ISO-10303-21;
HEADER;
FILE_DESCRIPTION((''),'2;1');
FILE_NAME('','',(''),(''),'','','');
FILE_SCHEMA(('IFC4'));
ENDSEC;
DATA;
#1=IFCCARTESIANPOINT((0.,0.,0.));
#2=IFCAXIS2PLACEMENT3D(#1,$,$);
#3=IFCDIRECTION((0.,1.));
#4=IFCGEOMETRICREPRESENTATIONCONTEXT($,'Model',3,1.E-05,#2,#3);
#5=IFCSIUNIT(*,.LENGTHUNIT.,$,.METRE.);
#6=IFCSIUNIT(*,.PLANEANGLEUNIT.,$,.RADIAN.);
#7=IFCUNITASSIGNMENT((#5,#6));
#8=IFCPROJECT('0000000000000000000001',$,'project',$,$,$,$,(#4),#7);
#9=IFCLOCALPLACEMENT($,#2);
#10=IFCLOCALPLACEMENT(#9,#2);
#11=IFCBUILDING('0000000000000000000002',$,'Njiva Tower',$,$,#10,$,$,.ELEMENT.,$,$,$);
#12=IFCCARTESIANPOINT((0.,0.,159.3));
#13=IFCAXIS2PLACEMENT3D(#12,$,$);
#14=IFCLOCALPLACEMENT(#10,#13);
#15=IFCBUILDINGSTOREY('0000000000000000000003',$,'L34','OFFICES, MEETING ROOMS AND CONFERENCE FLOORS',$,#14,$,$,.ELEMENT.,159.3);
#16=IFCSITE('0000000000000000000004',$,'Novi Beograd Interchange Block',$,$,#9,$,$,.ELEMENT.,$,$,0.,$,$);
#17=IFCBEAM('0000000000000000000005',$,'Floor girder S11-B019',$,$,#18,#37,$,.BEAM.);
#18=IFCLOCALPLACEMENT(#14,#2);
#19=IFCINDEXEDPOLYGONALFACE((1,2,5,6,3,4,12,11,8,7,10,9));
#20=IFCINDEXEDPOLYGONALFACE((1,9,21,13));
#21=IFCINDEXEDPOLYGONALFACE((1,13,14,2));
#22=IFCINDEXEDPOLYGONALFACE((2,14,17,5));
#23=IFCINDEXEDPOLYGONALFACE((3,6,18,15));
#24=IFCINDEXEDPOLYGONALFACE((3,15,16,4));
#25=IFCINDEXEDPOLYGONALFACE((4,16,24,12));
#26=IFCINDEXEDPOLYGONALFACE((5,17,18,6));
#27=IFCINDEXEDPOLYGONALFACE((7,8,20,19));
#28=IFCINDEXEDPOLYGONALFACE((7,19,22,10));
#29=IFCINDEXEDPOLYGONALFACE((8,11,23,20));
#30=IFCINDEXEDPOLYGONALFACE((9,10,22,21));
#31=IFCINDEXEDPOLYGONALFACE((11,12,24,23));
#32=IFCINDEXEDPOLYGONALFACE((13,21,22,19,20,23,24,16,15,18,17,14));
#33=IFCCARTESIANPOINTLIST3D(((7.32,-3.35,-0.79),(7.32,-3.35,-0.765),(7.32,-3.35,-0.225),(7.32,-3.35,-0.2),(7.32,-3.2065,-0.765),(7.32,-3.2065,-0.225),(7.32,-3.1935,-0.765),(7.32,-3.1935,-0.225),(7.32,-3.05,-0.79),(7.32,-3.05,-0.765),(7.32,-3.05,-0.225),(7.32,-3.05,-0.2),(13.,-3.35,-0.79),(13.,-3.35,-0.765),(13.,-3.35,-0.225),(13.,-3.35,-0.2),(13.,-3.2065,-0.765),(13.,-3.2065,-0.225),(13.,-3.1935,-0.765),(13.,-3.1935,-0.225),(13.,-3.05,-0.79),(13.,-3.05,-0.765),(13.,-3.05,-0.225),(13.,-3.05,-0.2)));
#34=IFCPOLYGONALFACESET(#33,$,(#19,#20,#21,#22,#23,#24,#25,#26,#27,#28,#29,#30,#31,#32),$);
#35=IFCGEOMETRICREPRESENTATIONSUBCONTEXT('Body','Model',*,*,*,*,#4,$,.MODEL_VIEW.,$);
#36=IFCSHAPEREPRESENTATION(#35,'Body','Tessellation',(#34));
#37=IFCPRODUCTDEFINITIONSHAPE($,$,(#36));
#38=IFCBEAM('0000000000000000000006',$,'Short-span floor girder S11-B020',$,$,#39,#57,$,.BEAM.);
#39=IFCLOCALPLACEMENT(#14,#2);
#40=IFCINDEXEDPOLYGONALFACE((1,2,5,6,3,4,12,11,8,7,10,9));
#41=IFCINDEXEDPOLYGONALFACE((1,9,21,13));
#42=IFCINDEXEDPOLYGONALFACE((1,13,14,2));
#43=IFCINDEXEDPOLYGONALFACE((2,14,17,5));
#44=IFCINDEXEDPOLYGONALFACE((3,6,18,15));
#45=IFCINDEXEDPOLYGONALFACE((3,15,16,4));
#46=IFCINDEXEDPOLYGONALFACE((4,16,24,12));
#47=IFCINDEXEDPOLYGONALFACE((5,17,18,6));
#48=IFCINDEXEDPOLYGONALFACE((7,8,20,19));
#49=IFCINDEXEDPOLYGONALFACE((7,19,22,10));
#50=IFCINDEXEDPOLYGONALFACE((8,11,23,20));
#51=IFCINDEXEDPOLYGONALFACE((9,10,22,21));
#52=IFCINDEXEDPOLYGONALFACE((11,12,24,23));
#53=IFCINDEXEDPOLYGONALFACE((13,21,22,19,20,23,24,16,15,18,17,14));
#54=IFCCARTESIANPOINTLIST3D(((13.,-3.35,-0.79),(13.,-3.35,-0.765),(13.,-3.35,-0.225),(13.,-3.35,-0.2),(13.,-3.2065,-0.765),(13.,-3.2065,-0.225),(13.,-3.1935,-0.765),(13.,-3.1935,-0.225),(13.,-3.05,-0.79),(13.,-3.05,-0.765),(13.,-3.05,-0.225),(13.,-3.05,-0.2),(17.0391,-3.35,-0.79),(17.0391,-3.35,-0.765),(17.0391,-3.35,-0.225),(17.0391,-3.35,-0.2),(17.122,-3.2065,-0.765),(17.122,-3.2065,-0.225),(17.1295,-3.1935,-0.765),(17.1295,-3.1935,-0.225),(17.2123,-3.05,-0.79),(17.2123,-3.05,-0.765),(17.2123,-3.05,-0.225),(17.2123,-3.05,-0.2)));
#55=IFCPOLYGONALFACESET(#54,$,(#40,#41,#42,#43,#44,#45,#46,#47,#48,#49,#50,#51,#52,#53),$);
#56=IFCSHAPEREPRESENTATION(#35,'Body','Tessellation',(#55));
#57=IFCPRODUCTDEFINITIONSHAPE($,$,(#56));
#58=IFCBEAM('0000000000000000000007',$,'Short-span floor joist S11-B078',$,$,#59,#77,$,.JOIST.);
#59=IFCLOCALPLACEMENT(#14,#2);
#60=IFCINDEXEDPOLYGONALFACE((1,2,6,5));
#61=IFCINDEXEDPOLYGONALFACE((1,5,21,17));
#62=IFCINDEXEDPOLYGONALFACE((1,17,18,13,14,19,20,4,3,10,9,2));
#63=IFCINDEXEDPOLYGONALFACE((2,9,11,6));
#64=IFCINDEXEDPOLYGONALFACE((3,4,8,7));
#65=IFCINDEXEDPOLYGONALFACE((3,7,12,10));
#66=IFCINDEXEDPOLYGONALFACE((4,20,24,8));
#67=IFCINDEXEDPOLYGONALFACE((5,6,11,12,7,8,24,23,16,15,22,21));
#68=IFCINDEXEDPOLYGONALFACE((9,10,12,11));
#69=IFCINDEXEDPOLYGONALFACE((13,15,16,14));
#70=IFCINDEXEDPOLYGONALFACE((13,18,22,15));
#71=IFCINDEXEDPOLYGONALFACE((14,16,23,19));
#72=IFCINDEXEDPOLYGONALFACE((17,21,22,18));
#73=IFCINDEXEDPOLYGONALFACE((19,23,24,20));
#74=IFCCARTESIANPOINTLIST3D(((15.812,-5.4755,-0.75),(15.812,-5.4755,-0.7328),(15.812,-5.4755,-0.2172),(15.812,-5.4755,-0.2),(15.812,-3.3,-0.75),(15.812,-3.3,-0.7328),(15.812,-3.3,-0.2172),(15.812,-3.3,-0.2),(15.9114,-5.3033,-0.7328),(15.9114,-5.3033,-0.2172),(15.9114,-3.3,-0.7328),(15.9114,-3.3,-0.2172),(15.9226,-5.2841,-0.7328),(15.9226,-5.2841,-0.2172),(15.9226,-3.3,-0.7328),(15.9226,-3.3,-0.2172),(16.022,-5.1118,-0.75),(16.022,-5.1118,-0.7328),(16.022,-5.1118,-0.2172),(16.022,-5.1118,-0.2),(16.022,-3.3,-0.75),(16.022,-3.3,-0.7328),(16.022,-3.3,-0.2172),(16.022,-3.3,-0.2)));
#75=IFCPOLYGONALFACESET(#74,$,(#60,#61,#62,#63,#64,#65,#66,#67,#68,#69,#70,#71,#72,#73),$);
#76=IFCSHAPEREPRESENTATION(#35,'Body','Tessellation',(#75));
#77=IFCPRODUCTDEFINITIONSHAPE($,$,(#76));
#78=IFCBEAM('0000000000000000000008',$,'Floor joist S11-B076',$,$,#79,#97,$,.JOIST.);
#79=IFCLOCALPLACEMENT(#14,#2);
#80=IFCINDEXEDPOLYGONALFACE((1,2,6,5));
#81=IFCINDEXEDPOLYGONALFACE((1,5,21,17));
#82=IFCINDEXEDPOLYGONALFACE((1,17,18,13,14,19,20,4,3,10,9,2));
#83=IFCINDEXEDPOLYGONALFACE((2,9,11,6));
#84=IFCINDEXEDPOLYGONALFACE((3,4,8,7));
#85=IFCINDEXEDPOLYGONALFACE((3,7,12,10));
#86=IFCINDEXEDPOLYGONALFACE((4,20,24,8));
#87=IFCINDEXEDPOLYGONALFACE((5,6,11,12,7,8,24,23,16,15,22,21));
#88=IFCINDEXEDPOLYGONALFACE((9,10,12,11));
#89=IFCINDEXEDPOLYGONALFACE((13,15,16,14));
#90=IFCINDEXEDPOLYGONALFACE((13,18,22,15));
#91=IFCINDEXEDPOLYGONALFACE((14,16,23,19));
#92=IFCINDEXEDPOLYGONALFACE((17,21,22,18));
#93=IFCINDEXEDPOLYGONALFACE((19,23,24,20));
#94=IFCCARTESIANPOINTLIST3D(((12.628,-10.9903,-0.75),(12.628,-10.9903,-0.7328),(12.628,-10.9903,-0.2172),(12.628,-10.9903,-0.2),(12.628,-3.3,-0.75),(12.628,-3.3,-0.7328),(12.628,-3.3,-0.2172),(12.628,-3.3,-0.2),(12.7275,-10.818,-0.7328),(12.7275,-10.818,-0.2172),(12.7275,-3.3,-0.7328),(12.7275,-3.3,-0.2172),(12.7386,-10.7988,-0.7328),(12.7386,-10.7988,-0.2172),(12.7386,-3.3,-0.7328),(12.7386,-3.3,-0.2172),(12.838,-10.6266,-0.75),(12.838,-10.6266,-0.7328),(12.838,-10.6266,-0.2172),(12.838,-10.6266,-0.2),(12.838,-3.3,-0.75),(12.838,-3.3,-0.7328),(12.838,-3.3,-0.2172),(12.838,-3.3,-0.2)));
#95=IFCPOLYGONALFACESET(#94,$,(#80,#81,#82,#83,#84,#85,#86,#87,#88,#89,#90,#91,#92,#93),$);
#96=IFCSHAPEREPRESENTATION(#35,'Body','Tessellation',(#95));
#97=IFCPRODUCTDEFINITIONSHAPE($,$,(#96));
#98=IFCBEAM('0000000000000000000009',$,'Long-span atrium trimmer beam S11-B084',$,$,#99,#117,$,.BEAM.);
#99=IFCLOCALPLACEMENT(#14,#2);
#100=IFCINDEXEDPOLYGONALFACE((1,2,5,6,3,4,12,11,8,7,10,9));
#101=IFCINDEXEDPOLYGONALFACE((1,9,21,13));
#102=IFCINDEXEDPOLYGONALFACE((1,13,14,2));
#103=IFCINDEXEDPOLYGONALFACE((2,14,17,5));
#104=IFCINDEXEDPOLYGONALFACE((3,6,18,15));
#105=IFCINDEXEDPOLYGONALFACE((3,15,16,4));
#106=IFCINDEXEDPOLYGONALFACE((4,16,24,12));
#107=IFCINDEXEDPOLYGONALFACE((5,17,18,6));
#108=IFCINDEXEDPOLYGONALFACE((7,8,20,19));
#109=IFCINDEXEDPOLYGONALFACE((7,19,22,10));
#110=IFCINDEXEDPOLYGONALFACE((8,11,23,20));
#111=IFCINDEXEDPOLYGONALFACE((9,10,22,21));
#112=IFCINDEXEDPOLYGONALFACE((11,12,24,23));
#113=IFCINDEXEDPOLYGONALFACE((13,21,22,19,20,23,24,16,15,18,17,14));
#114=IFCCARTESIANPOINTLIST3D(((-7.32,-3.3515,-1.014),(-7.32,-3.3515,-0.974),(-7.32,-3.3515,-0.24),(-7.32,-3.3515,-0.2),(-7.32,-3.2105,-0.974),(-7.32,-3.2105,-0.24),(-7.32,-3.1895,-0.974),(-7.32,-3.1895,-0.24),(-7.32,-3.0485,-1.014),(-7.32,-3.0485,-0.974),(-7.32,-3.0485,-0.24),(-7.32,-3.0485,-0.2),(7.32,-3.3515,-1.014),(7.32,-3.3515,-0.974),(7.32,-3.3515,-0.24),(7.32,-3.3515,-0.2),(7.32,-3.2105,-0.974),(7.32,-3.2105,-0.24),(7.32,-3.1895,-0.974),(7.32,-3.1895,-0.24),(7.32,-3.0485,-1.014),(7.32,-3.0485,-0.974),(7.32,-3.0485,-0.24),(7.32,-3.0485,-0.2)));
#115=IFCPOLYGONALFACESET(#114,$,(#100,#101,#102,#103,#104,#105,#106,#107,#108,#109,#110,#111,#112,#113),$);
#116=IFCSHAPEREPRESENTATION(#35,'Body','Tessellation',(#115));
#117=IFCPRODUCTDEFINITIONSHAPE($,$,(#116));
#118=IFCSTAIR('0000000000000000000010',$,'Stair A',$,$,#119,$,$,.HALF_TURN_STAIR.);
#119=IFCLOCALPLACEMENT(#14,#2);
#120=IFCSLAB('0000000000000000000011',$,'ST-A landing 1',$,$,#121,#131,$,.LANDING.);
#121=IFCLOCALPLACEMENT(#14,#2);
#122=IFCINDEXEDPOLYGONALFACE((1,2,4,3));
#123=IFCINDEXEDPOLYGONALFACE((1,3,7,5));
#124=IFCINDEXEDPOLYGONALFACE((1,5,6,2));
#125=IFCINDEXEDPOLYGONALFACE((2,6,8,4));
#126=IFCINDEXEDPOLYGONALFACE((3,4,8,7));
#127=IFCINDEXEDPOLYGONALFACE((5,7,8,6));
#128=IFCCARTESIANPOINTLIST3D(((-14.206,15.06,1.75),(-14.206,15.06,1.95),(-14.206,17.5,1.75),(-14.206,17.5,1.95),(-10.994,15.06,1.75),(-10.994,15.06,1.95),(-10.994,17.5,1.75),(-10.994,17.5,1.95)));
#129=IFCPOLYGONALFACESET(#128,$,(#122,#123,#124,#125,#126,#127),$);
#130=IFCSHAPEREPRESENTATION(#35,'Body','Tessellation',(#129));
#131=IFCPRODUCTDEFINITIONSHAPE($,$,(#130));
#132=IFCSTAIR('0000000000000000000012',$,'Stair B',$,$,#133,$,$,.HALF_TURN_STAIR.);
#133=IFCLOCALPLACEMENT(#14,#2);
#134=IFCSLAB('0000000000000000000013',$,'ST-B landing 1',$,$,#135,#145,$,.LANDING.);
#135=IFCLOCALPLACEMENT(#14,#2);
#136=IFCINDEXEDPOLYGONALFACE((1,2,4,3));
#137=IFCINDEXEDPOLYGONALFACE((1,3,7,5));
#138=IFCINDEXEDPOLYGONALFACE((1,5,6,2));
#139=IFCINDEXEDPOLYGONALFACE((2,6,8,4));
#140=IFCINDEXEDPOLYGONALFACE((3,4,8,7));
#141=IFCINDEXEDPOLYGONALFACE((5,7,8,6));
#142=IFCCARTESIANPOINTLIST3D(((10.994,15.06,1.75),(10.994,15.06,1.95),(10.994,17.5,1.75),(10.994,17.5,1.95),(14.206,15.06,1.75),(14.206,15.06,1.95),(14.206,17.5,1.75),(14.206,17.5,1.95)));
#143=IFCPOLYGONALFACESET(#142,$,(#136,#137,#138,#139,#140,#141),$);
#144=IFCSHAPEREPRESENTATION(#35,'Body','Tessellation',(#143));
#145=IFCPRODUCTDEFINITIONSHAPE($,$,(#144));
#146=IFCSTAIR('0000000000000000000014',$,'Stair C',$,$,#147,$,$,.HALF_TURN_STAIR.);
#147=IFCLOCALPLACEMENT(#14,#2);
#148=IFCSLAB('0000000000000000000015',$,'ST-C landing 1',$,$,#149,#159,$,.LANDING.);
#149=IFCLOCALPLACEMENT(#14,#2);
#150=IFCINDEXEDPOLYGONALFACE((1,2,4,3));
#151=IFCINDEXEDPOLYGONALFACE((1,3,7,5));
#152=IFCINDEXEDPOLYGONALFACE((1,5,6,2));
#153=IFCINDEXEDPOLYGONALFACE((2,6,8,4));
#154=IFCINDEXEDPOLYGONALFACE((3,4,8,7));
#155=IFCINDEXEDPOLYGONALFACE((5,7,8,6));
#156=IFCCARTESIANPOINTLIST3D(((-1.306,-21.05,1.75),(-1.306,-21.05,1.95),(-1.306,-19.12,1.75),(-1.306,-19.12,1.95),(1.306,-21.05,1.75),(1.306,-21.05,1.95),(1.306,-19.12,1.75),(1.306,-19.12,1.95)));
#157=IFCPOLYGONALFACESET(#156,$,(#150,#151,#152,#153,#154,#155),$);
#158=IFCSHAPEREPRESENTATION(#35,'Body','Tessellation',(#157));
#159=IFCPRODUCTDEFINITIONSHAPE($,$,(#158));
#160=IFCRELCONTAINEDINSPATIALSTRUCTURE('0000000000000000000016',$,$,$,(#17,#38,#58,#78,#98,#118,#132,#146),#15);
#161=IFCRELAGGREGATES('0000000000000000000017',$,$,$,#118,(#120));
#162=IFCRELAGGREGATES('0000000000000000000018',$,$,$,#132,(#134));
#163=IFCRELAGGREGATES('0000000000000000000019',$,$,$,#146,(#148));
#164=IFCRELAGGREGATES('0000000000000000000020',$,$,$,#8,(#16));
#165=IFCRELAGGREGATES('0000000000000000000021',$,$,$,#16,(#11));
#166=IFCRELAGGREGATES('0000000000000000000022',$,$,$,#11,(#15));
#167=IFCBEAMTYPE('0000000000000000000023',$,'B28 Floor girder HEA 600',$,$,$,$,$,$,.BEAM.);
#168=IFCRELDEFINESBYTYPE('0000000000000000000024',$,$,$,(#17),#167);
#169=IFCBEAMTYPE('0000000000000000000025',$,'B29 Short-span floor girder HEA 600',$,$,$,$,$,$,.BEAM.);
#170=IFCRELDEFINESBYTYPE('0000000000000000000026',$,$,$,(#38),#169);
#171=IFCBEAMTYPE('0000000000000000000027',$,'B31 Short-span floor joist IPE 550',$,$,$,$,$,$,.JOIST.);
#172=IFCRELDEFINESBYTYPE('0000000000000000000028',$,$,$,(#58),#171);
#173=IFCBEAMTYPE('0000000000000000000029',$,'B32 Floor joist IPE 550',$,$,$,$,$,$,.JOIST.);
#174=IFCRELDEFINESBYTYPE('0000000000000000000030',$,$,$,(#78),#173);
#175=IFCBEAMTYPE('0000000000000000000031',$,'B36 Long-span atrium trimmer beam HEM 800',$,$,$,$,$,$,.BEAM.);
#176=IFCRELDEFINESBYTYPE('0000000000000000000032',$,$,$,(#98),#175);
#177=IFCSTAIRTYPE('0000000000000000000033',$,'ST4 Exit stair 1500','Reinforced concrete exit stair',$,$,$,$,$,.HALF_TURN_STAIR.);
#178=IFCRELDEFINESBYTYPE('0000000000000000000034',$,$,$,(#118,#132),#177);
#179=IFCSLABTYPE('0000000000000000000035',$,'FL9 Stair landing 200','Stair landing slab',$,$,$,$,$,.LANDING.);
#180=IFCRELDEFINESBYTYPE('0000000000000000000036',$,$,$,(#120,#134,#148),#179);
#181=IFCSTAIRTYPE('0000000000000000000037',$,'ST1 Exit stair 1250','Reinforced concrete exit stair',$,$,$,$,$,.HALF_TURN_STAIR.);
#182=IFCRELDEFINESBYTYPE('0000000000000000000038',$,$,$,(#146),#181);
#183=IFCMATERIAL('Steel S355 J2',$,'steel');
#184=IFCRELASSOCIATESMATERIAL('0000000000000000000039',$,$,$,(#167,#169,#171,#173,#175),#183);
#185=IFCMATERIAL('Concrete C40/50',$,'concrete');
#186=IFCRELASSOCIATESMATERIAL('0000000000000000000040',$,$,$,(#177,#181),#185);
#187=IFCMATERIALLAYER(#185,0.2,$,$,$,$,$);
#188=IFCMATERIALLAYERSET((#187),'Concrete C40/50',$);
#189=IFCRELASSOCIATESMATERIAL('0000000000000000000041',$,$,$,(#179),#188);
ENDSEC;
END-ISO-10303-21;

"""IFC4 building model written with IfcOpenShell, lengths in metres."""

from ifc_helpers import new_model, si_unit, direction, frame, origin, origin_2d, place, context, subcontext, project, spatial, polyline, i_section, outline, extrude, clip, halfspace, material, layer, layer_set, material_profile, profile_set, type_object, element, aggregate, save


model = new_model("IFC4")

# Units and contexts
model_context = context("Model", 3, precision=1e-05, world=origin(), true_north=direction((0.0, 1.0)))
body_context = subcontext(model_context, "Body", "Model", "MODEL_VIEW")
ifc_project = project(units=[si_unit("LENGTHUNIT", "METRE"), si_unit("PLANEANGLEUNIT", "RADIAN")], contexts=[model_context])

# Site, building, storey
site_placement = place(None, origin())
site = spatial("IfcSite", under=ifc_project, at=site_placement, Name="Novi Beograd Interchange Block", CompositionType="ELEMENT", RefElevation=0.0)
building_placement = place(site_placement, origin())
building = spatial("IfcBuilding", under=site, at=building_placement, Name="Njiva Tower", CompositionType="ELEMENT")
storey_placement = place(building_placement, frame((0.0, 0.0, 159.3)))
storey = spatial("IfcBuildingStorey", under=building, at=storey_placement, Name="L34", Description="OFFICES, MEETING ROOMS AND CONFERENCE FLOORS", CompositionType="ELEMENT", Elevation=159.3)

# Shared definitions
ifc_material_1 = material(Name="Steel S355 J2", Category="steel")

# Beams
ifc_material_profile_1 = material_profile(ifc_material_1, i_section(OverallWidth=0.3, OverallDepth=0.59, WebThickness=0.013, FlangeThickness=0.025, at=origin_2d()), Name="HEA 600")
ifc_profile_set_1 = profile_set([ifc_material_profile_1], Name="Steel S355 J2")
beam_type_1 = type_object("IfcBeamType", Name="B28 Floor girder HEA 600", PredefinedType="BEAM", material=ifc_profile_set_1)
beam_1_placement = place(storey_placement, frame((7.32, -3.2, -0.495), z_axis=(1.0, 0.0, 0.0), x_axis=(0.0, 1.0, 0.0)))
element("IfcBeam", 1, at=beam_1_placement, inside=storey, type_object=beam_type_1, Name="Floor girder S11-B019", PredefinedType="BEAM", context=body_context, shape_type="SweptSolid", body=[
    extrude(i_section(OverallWidth=0.3, OverallDepth=0.59, WebThickness=0.013, FlangeThickness=0.025, at=origin_2d()), origin(), (0.0, 0.0, 1.0), 5.68),
])
ifc_material_profile_2 = material_profile(ifc_material_1, i_section(OverallWidth=0.3, OverallDepth=0.59, WebThickness=0.013, FlangeThickness=0.025, at=origin_2d()), Name="HEA 600")
ifc_profile_set_2 = profile_set([ifc_material_profile_2], Name="Steel S355 J2")
beam_type_2 = type_object("IfcBeamType", Name="B29 Short-span floor girder HEA 600", PredefinedType="BEAM", material=ifc_profile_set_2)
beam_2_placement = place(storey_placement, frame((13.0, -3.2, -0.495), z_axis=(1.0, 0.0, 0.0), x_axis=(0.0, 1.0, 0.0)))
element("IfcBeam", 2, at=beam_2_placement, inside=storey, type_object=beam_type_2, Name="Short-span floor girder S11-B020", PredefinedType="BEAM", context=body_context, shape_type="Clipping", body=[
    clip(extrude(i_section(OverallWidth=0.3, OverallDepth=0.59, WebThickness=0.013, FlangeThickness=0.025, at=origin_2d()), origin(), (0.0, 0.0, 1.0), 4.233), halfspace(frame((-0.025, 0.0, 4.1113), z_axis=(-0.499998, 0.0, 0.866027), x_axis=(0.0, 1.0, 0.0)), False)),
])
ifc_material_profile_3 = material_profile(ifc_material_1, i_section(OverallWidth=0.21, OverallDepth=0.55, WebThickness=0.0111, FlangeThickness=0.0172, at=origin_2d()), Name="IPE 550")
ifc_profile_set_3 = profile_set([ifc_material_profile_3], Name="Steel S355 J2")
beam_type_3 = type_object("IfcBeamType", Name="B31 Short-span floor joist IPE 550", PredefinedType="JOIST", material=ifc_profile_set_3)
beam_3_placement = place(storey_placement, frame((15.917, -3.3, -0.475), z_axis=(0.0, -1.0, 0.0), x_axis=(1.0, 0.0, 0.0)))
element("IfcBeam", 3, at=beam_3_placement, inside=storey, type_object=beam_type_3, Name="Short-span floor joist S11-B078", PredefinedType="JOIST", context=body_context, shape_type="Clipping", body=[
    clip(extrude(i_section(OverallWidth=0.21, OverallDepth=0.55, WebThickness=0.0111, FlangeThickness=0.0172, at=origin_2d()), origin(), (0.0, 0.0, 1.0), 2.196), halfspace(frame((0.043, 0.0, 1.9192), z_axis=(0.866027, 0.0, 0.499998), x_axis=(0.0, 1.0, 0.0)), False)),
])
ifc_material_profile_4 = material_profile(ifc_material_1, i_section(OverallWidth=0.21, OverallDepth=0.55, WebThickness=0.0111, FlangeThickness=0.0172, at=origin_2d()), Name="IPE 550")
ifc_profile_set_4 = profile_set([ifc_material_profile_4], Name="Steel S355 J2")
beam_type_4 = type_object("IfcBeamType", Name="B32 Floor joist IPE 550", PredefinedType="JOIST", material=ifc_profile_set_4)
beam_4_placement = place(storey_placement, frame((12.733, -3.3, -0.475), z_axis=(0.0, -1.0, 0.0), x_axis=(1.0, 0.0, 0.0)))
element("IfcBeam", 4, at=beam_4_placement, inside=storey, type_object=beam_type_4, Name="Floor joist S11-B076", PredefinedType="JOIST", context=body_context, shape_type="Clipping", body=[
    clip(extrude(i_section(OverallWidth=0.21, OverallDepth=0.55, WebThickness=0.0111, FlangeThickness=0.0172, at=origin_2d()), origin(), (0.0, 0.0, 1.0), 7.71), halfspace(frame((0.0436, 0.0, 7.4329), z_axis=(0.866027, 0.0, 0.499998), x_axis=(0.0, 1.0, 0.0)), False)),
])
ifc_material_profile_5 = material_profile(ifc_material_1, i_section(OverallWidth=0.303, OverallDepth=0.814, WebThickness=0.021, FlangeThickness=0.04, at=origin_2d()), Name="HEM 800")
ifc_profile_set_5 = profile_set([ifc_material_profile_5], Name="Steel S355 J2")
beam_type_5 = type_object("IfcBeamType", Name="B36 Long-span atrium trimmer beam HEM 800", PredefinedType="BEAM", material=ifc_profile_set_5)
beam_5_placement = place(storey_placement, frame((7.32, -3.2, -0.607), z_axis=(-1.0, 0.0, 0.0), x_axis=(0.0, -1.0, 0.0)))
element("IfcBeam", 5, at=beam_5_placement, inside=storey, type_object=beam_type_5, Name="Long-span atrium trimmer beam S11-B084", PredefinedType="BEAM", context=body_context, shape_type="SweptSolid", body=[
    extrude(i_section(OverallWidth=0.303, OverallDepth=0.814, WebThickness=0.021, FlangeThickness=0.04, at=origin_2d()), origin(), (0.0, 0.0, 1.0), 14.64),
])

# Stairs, slabs
ifc_material_2 = material(Name="Concrete C40/50", Category="concrete")
stair_type_1 = type_object("IfcStairType", Name="ST4 Exit stair 1500", Description="Reinforced concrete exit stair", PredefinedType="HALF_TURN_STAIR", material=ifc_material_2)
stair_1_placement = place(storey_placement, origin())
stair_1 = element("IfcStair", 6, at=stair_1_placement, inside=storey, type_object=stair_type_1, Name="Stair A", PredefinedType="HALF_TURN_STAIR")
ifc_layer_1 = layer(ifc_material_2, 0.2)
ifc_layer_set_1 = layer_set([ifc_layer_1], Name="Concrete C40/50")
slab_type_1 = type_object("IfcSlabType", Name="FL9 Stair landing 200", Description="Stair landing slab", PredefinedType="LANDING", material=ifc_layer_set_1)
slab_1_placement = place(storey_placement, frame((0.0, 0.0, 1.75)))
slab_1 = element("IfcSlab", 7, at=slab_1_placement, type_object=slab_type_1, Name="ST-A landing 1", PredefinedType="LANDING", context=body_context, shape_type="SweptSolid", body=[
    extrude(outline(polyline([(-14.206, 15.06), (-10.994, 15.06), (-10.994, 17.5), (-14.206, 17.5), (-14.206, 15.06)])), origin(), (0.0, 0.0, 1.0), 0.2),
])
aggregate(stair_1, [slab_1])
stair_2_placement = place(storey_placement, origin())
stair_2 = element("IfcStair", 8, at=stair_2_placement, inside=storey, type_object=stair_type_1, Name="Stair B", PredefinedType="HALF_TURN_STAIR")
slab_2_placement = place(storey_placement, frame((0.0, 0.0, 1.75)))
slab_2 = element("IfcSlab", 9, at=slab_2_placement, type_object=slab_type_1, Name="ST-B landing 1", PredefinedType="LANDING", context=body_context, shape_type="SweptSolid", body=[
    extrude(outline(polyline([(10.994, 15.06), (14.206, 15.06), (14.206, 17.5), (10.994, 17.5), (10.994, 15.06)])), origin(), (0.0, 0.0, 1.0), 0.2),
])
aggregate(stair_2, [slab_2])
stair_type_2 = type_object("IfcStairType", Name="ST1 Exit stair 1250", Description="Reinforced concrete exit stair", PredefinedType="HALF_TURN_STAIR", material=ifc_material_2)
stair_3_placement = place(storey_placement, origin())
stair_3 = element("IfcStair", 10, at=stair_3_placement, inside=storey, type_object=stair_type_2, Name="Stair C", PredefinedType="HALF_TURN_STAIR")
slab_3_placement = place(storey_placement, frame((0.0, 0.0, 1.75)))
slab_3 = element("IfcSlab", 11, at=slab_3_placement, type_object=slab_type_1, Name="ST-C landing 1", PredefinedType="LANDING", context=body_context, shape_type="SweptSolid", body=[
    extrude(outline(polyline([(-1.306, -21.05), (1.306, -21.05), (1.306, -19.12), (-1.306, -19.12), (-1.306, -21.05)])), origin(), (0.0, 0.0, 1.0), 0.2),
])
aggregate(stair_3, [slab_3])

save(model, "model.ifc")
